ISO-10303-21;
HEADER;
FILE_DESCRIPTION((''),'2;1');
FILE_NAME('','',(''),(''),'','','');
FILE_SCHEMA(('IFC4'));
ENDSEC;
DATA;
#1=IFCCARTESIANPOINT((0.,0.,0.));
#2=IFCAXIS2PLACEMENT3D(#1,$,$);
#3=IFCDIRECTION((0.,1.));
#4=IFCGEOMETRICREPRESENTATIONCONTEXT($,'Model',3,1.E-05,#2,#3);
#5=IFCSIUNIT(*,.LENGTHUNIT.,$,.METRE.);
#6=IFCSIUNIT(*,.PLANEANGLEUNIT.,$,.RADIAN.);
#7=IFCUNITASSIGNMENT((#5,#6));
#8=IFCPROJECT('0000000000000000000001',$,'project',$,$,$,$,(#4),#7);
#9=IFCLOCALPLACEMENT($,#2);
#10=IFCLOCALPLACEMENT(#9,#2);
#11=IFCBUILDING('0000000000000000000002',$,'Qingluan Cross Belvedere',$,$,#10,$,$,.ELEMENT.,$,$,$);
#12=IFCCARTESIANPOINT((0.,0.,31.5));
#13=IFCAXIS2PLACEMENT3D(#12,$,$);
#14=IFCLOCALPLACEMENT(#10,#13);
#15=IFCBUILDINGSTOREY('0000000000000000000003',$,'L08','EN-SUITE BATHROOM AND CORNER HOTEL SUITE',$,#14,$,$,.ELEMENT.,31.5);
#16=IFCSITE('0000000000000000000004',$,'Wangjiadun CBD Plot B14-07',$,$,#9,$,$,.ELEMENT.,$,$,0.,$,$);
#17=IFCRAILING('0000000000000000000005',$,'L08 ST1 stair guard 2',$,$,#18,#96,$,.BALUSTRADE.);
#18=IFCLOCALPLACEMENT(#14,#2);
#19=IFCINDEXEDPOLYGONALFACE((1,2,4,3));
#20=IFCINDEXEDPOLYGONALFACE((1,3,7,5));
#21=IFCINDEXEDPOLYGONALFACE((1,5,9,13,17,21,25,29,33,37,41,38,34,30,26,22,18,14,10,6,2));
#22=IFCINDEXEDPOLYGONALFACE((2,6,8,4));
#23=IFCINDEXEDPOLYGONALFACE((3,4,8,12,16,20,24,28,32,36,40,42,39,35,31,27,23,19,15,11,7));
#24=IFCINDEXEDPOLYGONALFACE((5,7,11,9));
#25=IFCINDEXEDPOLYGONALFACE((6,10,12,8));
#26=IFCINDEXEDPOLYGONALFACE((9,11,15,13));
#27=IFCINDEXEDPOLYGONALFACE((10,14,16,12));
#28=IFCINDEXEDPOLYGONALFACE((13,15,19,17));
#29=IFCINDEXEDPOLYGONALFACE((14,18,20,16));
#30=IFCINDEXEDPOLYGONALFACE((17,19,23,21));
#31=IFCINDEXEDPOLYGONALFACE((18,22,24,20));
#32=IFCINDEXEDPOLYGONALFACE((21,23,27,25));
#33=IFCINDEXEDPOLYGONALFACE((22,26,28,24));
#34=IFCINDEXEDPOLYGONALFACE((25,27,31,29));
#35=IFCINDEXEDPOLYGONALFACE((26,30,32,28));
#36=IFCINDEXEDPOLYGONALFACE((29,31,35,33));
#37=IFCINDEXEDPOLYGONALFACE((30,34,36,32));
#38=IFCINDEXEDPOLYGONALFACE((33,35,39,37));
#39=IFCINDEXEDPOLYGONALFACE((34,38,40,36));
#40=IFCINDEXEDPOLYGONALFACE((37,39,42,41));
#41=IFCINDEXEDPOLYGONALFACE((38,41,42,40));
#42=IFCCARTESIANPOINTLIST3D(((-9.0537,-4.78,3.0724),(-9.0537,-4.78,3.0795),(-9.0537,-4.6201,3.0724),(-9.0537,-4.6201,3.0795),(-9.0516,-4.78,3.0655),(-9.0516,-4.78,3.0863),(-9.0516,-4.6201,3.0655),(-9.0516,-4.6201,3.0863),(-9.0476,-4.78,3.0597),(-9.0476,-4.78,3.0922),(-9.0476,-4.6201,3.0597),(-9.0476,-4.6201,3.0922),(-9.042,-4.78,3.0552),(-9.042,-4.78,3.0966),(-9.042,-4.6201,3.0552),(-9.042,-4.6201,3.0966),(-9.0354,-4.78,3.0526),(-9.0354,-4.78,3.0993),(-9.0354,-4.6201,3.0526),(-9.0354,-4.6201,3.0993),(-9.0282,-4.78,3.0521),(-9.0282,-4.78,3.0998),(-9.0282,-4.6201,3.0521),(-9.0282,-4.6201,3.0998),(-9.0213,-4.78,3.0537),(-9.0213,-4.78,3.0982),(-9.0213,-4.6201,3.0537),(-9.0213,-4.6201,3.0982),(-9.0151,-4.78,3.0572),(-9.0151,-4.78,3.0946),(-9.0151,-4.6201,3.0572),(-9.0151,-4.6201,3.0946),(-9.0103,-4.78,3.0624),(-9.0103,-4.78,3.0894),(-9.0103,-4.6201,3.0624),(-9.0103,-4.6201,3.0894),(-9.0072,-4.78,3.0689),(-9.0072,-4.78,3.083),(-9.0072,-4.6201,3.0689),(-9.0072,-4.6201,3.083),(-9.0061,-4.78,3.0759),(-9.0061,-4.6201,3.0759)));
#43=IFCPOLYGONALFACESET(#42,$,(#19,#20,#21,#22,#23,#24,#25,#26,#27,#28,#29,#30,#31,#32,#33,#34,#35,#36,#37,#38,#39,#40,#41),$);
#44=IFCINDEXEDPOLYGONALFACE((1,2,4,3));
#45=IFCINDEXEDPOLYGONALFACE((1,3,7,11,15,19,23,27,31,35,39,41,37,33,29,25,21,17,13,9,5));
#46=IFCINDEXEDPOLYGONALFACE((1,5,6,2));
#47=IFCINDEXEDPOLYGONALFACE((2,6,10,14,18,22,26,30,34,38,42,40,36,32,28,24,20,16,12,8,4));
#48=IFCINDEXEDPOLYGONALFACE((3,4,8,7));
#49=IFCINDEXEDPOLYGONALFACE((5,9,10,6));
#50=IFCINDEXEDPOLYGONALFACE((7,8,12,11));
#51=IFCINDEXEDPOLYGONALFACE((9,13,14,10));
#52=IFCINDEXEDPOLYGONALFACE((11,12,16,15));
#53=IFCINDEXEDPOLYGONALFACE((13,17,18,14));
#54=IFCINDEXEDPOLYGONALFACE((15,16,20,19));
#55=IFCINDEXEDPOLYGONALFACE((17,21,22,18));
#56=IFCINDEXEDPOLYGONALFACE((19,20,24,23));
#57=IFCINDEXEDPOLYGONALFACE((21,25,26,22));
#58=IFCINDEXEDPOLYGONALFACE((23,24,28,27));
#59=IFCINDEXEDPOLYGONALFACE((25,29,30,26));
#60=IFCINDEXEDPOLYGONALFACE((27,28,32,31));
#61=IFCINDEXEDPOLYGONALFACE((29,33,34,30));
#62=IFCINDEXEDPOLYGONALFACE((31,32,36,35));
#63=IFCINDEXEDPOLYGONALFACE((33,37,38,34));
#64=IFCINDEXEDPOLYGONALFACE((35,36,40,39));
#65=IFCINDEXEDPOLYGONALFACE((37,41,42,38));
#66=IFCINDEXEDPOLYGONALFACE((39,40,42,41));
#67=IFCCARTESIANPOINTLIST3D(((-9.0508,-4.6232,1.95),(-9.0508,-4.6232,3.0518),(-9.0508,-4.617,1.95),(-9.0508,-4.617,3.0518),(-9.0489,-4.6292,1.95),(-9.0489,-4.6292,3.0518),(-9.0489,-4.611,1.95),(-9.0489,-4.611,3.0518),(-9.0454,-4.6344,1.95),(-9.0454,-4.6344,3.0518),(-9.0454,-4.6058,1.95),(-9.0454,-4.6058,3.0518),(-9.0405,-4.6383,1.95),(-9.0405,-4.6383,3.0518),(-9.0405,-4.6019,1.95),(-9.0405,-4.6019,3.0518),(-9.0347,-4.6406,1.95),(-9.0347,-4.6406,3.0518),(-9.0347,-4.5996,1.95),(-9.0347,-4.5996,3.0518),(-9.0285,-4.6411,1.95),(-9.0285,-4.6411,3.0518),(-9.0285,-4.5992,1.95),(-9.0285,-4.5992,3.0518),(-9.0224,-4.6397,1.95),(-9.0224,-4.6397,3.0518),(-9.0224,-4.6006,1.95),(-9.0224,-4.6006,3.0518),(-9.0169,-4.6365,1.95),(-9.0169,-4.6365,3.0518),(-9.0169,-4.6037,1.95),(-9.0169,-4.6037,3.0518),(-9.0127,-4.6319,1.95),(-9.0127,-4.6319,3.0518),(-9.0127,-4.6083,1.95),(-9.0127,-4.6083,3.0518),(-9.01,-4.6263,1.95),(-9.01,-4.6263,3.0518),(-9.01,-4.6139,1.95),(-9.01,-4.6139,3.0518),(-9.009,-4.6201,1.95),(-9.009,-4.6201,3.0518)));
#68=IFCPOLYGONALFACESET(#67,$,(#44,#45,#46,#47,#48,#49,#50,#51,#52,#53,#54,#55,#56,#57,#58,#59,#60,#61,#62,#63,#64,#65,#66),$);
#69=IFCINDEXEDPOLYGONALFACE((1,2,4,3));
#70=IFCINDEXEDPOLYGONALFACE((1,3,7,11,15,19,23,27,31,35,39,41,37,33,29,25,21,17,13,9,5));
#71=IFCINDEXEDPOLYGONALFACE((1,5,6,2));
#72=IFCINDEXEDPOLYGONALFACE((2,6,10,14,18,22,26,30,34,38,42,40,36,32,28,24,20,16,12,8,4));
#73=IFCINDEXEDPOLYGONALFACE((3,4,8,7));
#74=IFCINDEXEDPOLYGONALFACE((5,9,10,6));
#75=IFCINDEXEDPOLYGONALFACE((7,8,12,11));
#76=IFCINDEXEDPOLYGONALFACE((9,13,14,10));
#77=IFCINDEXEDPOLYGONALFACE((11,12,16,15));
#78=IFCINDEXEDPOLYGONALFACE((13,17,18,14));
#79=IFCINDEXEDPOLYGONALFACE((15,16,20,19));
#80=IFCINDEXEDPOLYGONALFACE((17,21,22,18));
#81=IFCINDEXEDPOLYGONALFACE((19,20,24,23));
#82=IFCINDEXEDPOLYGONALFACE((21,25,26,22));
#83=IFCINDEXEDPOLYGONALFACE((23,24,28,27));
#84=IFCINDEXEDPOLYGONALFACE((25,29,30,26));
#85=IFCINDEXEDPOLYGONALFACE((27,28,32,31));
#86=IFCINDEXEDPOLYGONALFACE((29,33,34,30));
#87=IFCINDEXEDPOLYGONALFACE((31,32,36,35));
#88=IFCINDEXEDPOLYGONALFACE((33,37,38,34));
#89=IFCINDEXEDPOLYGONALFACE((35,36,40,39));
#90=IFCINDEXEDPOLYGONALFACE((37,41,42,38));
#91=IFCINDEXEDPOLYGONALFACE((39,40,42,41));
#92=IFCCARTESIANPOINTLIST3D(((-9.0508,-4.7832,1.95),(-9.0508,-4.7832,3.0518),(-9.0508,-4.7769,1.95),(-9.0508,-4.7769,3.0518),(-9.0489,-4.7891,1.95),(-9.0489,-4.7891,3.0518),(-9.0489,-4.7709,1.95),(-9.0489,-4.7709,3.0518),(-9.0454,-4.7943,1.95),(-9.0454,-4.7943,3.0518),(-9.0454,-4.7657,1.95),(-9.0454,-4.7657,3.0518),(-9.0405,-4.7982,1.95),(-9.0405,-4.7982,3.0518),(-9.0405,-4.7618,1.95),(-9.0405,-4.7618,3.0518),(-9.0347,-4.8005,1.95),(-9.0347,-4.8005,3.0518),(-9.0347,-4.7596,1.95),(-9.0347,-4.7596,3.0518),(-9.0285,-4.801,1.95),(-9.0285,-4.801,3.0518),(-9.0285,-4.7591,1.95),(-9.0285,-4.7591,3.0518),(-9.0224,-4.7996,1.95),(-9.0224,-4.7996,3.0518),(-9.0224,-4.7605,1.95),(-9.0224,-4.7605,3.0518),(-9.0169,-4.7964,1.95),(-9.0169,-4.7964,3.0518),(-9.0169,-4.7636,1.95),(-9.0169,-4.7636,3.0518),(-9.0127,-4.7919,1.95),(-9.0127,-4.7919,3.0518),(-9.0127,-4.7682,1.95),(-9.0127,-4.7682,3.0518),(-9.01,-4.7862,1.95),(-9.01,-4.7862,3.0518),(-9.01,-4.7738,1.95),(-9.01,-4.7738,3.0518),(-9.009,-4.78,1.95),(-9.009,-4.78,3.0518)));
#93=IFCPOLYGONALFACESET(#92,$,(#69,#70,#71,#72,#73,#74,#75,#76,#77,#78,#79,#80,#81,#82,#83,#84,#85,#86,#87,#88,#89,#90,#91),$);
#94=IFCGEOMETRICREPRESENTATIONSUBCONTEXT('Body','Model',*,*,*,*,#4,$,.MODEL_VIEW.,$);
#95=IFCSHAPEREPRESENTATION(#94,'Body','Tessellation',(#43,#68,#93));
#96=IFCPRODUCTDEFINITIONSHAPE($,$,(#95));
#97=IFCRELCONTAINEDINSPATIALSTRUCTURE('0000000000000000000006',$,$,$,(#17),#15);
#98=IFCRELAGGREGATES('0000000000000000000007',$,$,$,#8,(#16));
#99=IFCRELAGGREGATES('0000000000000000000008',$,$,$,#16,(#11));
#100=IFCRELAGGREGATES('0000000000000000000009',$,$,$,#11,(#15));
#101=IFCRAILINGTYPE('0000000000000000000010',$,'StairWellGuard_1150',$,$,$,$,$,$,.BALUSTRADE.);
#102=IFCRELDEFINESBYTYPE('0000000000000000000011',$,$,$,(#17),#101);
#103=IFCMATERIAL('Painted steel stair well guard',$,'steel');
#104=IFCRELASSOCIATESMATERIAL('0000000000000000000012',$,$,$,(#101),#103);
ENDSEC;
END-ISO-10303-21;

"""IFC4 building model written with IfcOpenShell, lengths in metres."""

from ifc_helpers import new_model, si_unit, direction, frame, origin, origin_2d, place, context, subcontext, project, spatial, circle, extrude, material, type_object, element, save


model = new_model("IFC4")

# Units and contexts
model_context = context("Model", 3, precision=1e-05, world=origin(), true_north=direction((0.0, 1.0)))
body_context = subcontext(model_context, "Body", "Model", "MODEL_VIEW")
ifc_project = project(units=[si_unit("LENGTHUNIT", "METRE"), si_unit("PLANEANGLEUNIT", "RADIAN")], contexts=[model_context])

# Site, building, storey
site_placement = place(None, origin())
site = spatial("IfcSite", under=ifc_project, at=site_placement, Name="Wangjiadun CBD Plot B14-07", CompositionType="ELEMENT", RefElevation=0.0)
building_placement = place(site_placement, origin())
building = spatial("IfcBuilding", under=site, at=building_placement, Name="Qingluan Cross Belvedere", CompositionType="ELEMENT")
storey_placement = place(building_placement, frame((0.0, 0.0, 31.5)))
storey = spatial("IfcBuildingStorey", under=building, at=storey_placement, Name="L08", Description="EN-SUITE BATHROOM AND CORNER HOTEL SUITE", CompositionType="ELEMENT", Elevation=31.5)

# Railing
ifc_material_1 = material(Name="Painted steel stair well guard", Category="steel")
railing_type_1 = type_object("IfcRailingType", Name="StairWellGuard_1150", PredefinedType="BALUSTRADE", material=ifc_material_1)
railing_1_placement = place(storey_placement, frame((-9.03, -4.6201, 1.95)))
element("IfcRailing", 1, at=railing_1_placement, inside=storey, type_object=railing_type_1, Name="L08 ST1 stair guard 2", PredefinedType="BALUSTRADE", context=body_context, shape_type="SweptSolid", body=[
    extrude(circle(Radius=0.0239, at=origin_2d()), frame((0.0, 0.0, 1.126), z_axis=(0.0, -1.0, 0.0), x_axis=(1.0, 0.0, 0.0)), (0.0, 0.0, 1.0), 0.1599),
    extrude(circle(Radius=0.021, at=origin_2d()), origin(), (0.0, 0.0, 1.0), 1.1018),
    extrude(circle(Radius=0.021, at=origin_2d()), frame((0.0, -0.1599, 0.0)), (0.0, 0.0, 1.0), 1.1018),
])

save(model, "model.ifc")
